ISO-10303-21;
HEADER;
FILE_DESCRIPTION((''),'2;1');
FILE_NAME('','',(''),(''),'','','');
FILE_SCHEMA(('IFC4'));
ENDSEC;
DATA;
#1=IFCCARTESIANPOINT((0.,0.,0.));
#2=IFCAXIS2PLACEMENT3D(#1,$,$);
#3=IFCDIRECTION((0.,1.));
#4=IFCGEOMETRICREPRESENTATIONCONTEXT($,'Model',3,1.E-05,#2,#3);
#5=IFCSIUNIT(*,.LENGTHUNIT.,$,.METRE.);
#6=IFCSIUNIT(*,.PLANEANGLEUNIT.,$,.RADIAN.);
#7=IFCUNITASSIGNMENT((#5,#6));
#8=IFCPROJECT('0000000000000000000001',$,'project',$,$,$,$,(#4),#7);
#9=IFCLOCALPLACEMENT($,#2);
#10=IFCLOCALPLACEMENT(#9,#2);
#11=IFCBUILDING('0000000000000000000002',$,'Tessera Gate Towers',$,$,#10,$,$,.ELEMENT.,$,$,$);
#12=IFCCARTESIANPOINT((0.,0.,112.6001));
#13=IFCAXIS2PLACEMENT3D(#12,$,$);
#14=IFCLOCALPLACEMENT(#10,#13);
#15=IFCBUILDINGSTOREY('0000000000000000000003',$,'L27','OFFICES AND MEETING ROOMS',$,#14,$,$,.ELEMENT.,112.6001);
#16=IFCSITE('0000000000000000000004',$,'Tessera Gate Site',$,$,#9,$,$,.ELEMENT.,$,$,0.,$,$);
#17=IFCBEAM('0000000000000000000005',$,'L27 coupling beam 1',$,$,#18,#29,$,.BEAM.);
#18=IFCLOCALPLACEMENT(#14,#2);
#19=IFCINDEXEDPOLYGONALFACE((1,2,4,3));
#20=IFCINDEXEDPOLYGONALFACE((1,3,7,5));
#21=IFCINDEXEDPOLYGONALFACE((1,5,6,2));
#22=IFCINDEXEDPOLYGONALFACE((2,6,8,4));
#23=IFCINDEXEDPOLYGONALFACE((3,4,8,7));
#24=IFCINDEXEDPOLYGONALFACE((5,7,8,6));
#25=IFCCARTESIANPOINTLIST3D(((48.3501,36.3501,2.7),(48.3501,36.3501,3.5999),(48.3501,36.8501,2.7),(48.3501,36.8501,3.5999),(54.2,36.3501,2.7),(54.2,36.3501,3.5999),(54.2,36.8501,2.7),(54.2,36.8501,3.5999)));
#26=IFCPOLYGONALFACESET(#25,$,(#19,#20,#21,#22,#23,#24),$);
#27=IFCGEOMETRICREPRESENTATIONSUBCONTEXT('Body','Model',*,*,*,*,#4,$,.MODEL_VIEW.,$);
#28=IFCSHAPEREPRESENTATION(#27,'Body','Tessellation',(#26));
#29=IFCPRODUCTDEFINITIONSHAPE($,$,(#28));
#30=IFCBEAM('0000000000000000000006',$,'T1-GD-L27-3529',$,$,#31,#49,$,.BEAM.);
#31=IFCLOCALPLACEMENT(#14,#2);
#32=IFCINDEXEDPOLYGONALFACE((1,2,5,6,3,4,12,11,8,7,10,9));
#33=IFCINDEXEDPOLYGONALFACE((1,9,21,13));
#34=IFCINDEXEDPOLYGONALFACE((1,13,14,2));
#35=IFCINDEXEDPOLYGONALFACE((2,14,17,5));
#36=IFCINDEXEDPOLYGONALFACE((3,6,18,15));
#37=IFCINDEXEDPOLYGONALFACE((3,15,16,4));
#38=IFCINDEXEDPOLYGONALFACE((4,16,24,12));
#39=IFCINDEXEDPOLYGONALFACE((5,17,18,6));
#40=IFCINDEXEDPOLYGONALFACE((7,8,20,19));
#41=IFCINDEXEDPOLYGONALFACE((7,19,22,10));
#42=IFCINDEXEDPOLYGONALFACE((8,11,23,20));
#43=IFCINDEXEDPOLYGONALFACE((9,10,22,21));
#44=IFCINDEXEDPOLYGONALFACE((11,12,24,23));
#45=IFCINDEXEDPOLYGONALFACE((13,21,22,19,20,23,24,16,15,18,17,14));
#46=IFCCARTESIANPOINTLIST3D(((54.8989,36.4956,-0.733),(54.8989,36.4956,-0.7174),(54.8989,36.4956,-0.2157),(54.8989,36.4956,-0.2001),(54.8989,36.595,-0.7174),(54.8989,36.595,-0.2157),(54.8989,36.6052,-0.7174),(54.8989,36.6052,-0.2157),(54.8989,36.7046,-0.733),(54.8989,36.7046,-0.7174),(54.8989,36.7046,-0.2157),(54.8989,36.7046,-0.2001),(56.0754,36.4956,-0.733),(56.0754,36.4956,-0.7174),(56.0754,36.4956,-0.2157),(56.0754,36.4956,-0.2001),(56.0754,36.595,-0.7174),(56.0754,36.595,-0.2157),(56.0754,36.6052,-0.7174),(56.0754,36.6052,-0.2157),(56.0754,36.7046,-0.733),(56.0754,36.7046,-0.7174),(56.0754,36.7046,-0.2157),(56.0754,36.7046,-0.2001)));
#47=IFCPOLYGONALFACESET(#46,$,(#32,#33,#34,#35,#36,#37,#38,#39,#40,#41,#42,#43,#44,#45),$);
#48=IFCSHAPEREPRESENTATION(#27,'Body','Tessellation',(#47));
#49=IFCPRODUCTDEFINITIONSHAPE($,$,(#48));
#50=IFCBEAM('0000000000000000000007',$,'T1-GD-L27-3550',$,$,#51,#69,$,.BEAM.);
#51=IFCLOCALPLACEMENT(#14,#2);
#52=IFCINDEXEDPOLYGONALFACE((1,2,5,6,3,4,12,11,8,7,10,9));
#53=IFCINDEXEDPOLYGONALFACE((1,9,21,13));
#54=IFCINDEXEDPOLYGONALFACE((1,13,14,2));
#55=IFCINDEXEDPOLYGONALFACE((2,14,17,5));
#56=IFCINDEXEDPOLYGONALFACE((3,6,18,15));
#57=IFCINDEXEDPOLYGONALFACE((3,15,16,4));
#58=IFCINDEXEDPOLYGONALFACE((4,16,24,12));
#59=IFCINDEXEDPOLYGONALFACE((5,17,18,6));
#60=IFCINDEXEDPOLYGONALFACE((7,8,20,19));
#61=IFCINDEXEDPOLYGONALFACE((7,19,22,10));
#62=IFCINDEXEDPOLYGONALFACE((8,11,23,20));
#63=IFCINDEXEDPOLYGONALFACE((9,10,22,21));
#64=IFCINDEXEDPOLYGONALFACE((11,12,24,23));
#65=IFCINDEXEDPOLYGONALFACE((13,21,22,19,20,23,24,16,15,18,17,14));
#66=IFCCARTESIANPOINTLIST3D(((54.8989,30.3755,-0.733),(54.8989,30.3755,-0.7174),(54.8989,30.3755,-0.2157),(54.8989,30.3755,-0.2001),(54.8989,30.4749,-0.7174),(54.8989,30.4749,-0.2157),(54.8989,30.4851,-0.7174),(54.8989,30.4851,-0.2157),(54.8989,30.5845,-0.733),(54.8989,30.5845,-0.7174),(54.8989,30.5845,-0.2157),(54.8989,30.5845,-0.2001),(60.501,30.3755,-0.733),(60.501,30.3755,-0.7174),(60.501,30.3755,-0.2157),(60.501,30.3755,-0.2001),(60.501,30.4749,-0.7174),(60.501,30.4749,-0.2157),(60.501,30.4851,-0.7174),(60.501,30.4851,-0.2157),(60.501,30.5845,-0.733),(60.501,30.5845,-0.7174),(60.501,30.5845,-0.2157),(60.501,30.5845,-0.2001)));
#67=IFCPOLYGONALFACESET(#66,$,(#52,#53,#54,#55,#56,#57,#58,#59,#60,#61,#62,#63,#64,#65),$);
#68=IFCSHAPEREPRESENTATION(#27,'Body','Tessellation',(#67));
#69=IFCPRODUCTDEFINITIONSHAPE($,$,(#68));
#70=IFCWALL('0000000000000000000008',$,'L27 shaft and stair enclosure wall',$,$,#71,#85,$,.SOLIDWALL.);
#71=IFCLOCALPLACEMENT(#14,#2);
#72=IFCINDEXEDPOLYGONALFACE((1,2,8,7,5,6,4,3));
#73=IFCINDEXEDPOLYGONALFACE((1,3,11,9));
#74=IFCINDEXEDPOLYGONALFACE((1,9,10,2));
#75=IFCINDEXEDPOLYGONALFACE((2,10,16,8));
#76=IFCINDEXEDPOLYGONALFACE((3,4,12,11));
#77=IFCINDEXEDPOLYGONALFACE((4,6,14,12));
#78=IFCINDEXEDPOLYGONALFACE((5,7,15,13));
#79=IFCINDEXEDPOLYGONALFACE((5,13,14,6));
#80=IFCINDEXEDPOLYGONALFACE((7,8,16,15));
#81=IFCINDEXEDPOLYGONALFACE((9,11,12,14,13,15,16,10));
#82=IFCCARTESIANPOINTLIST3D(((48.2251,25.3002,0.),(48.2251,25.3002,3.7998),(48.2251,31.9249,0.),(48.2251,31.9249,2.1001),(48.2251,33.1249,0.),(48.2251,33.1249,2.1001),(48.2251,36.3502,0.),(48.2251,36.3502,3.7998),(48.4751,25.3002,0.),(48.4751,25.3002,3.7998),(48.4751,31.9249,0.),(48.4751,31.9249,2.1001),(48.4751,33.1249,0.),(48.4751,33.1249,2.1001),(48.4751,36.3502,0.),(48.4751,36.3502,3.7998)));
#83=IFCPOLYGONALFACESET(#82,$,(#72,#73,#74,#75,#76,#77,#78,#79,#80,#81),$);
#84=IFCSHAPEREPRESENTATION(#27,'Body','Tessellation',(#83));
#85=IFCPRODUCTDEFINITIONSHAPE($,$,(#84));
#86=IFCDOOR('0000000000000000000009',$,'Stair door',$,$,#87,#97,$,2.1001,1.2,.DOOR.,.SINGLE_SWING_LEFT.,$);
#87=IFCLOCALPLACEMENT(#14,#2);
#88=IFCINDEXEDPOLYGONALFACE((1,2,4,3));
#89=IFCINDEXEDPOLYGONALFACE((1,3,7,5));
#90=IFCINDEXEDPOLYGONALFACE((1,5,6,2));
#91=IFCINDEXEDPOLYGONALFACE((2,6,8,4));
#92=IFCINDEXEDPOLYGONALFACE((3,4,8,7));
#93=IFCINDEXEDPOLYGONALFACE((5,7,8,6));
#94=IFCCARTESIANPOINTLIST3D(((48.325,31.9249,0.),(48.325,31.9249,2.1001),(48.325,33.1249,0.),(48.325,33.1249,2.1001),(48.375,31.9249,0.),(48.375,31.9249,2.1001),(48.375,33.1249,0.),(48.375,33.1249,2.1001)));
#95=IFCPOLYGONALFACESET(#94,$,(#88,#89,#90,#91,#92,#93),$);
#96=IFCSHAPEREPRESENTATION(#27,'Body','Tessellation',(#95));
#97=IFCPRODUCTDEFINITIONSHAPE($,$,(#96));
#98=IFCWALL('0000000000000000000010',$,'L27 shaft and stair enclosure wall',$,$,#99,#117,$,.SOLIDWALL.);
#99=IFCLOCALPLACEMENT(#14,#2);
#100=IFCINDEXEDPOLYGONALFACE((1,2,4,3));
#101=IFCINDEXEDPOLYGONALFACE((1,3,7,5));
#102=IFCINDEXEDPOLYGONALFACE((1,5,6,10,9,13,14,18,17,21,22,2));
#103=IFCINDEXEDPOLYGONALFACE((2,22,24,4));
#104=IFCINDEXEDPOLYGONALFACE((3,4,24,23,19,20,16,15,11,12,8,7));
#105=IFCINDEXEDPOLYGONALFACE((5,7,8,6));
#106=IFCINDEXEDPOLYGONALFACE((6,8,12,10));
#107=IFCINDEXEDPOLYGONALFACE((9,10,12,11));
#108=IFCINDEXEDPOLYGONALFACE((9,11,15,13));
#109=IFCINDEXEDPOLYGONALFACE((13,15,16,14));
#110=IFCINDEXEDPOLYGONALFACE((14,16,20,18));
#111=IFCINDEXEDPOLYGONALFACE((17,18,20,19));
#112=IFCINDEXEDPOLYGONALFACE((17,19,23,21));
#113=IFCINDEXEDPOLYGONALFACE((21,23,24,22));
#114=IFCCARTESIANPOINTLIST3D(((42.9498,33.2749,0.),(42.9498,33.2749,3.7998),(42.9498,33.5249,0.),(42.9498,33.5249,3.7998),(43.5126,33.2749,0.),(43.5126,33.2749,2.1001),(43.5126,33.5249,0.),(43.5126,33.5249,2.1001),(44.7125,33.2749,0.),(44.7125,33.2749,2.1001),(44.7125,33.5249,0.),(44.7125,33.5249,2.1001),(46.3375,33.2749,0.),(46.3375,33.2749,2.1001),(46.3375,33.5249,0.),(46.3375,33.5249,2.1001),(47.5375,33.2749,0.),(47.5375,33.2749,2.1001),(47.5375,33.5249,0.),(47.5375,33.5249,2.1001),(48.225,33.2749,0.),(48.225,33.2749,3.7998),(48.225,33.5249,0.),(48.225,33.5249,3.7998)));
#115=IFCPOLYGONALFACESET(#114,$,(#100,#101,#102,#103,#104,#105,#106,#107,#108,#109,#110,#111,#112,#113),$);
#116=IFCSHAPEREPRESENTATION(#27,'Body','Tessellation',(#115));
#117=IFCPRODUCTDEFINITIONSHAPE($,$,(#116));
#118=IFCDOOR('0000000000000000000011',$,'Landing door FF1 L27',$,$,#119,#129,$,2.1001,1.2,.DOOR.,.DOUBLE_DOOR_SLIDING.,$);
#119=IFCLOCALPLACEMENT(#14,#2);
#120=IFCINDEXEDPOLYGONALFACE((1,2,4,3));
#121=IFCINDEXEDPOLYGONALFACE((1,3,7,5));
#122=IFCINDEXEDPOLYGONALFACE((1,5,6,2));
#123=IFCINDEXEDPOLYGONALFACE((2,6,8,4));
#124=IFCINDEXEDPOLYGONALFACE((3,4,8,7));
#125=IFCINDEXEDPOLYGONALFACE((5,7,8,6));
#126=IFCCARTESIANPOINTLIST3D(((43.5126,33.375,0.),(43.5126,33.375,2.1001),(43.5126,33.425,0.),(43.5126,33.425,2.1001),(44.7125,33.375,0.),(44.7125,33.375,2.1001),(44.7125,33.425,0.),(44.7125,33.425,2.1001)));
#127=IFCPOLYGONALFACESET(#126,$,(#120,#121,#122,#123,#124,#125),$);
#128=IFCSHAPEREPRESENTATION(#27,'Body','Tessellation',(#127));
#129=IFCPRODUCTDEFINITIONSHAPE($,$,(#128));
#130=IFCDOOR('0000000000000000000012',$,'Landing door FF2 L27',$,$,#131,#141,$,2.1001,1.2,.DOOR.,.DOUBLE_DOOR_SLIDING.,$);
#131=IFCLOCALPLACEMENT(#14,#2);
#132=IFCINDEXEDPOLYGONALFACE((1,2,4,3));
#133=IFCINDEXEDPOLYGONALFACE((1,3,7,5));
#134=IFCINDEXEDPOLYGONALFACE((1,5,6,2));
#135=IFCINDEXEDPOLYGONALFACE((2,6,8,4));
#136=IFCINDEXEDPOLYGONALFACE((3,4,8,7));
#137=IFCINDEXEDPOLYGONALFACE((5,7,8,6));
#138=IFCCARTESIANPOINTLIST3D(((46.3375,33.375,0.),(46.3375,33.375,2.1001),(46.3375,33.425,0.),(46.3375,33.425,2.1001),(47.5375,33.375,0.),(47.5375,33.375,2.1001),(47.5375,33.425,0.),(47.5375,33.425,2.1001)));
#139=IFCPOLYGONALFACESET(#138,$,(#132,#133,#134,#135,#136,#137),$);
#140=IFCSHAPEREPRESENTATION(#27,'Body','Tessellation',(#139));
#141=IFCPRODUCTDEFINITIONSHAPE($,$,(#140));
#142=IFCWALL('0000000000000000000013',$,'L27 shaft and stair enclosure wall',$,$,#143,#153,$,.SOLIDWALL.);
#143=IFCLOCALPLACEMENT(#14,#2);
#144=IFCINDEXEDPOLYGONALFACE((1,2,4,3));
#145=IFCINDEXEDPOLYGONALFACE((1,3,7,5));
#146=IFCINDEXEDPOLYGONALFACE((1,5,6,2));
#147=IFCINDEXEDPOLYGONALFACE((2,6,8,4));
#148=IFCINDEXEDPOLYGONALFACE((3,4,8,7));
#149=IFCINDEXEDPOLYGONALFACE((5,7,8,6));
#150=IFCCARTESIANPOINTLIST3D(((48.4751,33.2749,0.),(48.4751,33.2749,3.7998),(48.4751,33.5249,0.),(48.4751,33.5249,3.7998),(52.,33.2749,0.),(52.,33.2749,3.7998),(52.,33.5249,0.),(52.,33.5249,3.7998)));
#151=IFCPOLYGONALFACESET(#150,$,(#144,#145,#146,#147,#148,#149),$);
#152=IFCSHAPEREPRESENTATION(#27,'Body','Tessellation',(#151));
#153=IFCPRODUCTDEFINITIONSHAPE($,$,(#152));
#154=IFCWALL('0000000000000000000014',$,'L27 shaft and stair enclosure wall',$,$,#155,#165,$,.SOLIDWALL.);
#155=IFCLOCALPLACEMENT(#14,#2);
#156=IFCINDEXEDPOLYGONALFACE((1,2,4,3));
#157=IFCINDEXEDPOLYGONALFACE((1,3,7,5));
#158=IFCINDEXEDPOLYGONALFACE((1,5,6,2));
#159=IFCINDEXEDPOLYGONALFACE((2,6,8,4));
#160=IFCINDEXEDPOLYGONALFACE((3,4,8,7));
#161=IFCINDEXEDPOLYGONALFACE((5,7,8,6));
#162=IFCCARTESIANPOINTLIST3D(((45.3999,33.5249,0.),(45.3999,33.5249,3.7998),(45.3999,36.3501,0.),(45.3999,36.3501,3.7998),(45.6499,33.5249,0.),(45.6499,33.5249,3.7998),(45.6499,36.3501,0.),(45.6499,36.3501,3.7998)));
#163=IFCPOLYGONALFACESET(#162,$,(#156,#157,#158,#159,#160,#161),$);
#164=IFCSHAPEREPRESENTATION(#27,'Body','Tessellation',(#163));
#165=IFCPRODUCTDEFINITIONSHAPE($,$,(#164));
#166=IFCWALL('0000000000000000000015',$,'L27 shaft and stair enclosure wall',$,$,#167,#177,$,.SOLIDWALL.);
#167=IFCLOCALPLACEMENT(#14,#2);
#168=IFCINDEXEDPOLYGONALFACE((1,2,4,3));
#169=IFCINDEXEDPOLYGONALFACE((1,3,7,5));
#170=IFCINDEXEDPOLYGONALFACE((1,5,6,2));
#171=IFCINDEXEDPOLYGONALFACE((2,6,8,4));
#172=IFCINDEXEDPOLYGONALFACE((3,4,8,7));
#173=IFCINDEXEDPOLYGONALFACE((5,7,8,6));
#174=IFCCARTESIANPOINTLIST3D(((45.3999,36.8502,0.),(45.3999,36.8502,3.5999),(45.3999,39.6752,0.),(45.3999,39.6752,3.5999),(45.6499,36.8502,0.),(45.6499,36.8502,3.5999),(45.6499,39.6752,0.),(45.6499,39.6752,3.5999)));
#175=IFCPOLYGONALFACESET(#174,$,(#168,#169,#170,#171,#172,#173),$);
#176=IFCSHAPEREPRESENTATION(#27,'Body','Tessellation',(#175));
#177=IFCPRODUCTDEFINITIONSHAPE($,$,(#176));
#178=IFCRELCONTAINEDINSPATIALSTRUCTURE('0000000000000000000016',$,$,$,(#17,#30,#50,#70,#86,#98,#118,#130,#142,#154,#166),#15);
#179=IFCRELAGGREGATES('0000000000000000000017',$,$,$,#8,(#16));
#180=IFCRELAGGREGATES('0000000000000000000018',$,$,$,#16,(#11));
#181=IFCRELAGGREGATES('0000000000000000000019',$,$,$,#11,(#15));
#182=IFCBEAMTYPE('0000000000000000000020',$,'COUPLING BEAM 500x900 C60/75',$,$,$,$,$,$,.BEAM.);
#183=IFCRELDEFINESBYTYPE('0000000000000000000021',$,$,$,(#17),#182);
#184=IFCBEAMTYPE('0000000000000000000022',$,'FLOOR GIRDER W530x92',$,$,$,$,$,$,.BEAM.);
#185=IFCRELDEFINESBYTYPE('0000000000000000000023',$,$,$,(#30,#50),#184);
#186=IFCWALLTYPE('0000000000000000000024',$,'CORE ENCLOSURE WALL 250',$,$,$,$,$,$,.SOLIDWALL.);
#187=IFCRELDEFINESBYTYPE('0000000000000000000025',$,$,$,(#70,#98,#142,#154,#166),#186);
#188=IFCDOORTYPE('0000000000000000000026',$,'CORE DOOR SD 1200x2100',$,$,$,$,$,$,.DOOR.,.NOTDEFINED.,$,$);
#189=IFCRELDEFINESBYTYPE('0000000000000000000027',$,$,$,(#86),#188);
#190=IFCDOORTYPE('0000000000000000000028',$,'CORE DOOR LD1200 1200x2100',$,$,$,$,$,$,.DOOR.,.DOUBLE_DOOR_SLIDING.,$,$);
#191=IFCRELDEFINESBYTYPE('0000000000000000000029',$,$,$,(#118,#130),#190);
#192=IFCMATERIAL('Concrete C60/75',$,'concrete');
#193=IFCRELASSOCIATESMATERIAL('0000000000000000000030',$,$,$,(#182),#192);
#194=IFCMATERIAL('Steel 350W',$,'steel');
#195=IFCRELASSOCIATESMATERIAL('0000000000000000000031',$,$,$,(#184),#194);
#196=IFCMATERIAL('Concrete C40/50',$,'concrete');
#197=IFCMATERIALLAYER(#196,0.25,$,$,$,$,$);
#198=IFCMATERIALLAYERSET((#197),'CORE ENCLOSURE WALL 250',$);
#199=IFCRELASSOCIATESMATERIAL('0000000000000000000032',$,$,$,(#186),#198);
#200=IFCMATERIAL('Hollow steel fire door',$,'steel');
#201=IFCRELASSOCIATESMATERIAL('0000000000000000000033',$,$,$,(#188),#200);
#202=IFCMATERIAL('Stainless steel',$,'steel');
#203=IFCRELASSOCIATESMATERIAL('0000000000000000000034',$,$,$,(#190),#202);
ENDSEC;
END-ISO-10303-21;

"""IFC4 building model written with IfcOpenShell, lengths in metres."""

from ifc_helpers import new_model, si_unit, direction, frame, frame_2d, origin, origin_2d, place, context, subcontext, project, spatial, rectangle, i_section, extrude, source, transform, mapped, material, layer, layer_set, material_profile, profile_set, type_object, element, fill, save


model = new_model("IFC4")

# Units and contexts
model_context = context("Model", 3, precision=1e-05, world=origin(), true_north=direction((0.0, 1.0)))
body_context = subcontext(model_context, "Body", "Model", "MODEL_VIEW")
ifc_project = project(units=[si_unit("LENGTHUNIT", "METRE"), si_unit("PLANEANGLEUNIT", "RADIAN")], contexts=[model_context])

# Site, building, storey
site_placement = place(None, origin())
site = spatial("IfcSite", under=ifc_project, at=site_placement, Name="Tessera Gate Site", CompositionType="ELEMENT", RefElevation=0.0)
building_placement = place(site_placement, origin())
building = spatial("IfcBuilding", under=site, at=building_placement, Name="Tessera Gate Towers", CompositionType="ELEMENT")
storey_placement = place(building_placement, frame((0.0, 0.0, 112.6001)))
storey = spatial("IfcBuildingStorey", under=building, at=storey_placement, Name="L27", Description="OFFICES AND MEETING ROOMS", CompositionType="ELEMENT", Elevation=112.6001)

# Beams
ifc_material_1 = material(Name="Concrete C60/75", Category="concrete")
ifc_material_profile_1 = material_profile(ifc_material_1, rectangle(XDim=0.5, YDim=0.8999, at=origin_2d()), Name="RC 500x900")
ifc_profile_set_1 = profile_set([ifc_material_profile_1], Name="Concrete C60/75")
beam_type_1 = type_object("IfcBeamType", Name="COUPLING BEAM 500x900 C60/75", PredefinedType="BEAM", material=ifc_profile_set_1)
beam_1_placement = place(storey_placement, frame((48.3501, 36.6001, 3.1499), z_axis=(1.0, 0.0, 0.0), x_axis=(0.0, 1.0, 0.0)))
element("IfcBeam", 1, at=beam_1_placement, inside=storey, type_object=beam_type_1, Name="L27 coupling beam 1", PredefinedType="BEAM", context=body_context, shape_type="SweptSolid", body=[
    extrude(rectangle(XDim=0.5, YDim=0.8999, at=origin_2d()), origin(), (0.0, 0.0, 1.0), 5.8499),
])
ifc_material_2 = material(Name="Steel 350W", Category="steel")
ifc_material_profile_2 = material_profile(ifc_material_2, i_section(OverallWidth=0.209, OverallDepth=0.533, WebThickness=0.0103, FlangeThickness=0.0156, at=origin_2d()), Name="W530x92")
ifc_profile_set_2 = profile_set([ifc_material_profile_2], Name="Steel 350W")
beam_type_2 = type_object("IfcBeamType", Name="FLOOR GIRDER W530x92", PredefinedType="BEAM", material=ifc_profile_set_2)
beam_2_placement = place(storey_placement, frame((54.8989, 36.6001, -0.4666), z_axis=(1.0, 0.0, 0.0), x_axis=(0.0, 1.0, 0.0)))
element("IfcBeam", 2, at=beam_2_placement, inside=storey, type_object=beam_type_2, Name="T1-GD-L27-3529", PredefinedType="BEAM", context=body_context, shape_type="SweptSolid", body=[
    extrude(i_section(OverallWidth=0.209, OverallDepth=0.533, WebThickness=0.0103, FlangeThickness=0.0156, at=origin_2d()), origin(), (0.0, 0.0, 1.0), 1.1765),
])
beam_3_placement = place(storey_placement, frame((54.8989, 30.48, -0.4666), z_axis=(1.0, 0.0, 0.0), x_axis=(0.0, 1.0, 0.0)))
element("IfcBeam", 3, at=beam_3_placement, inside=storey, type_object=beam_type_2, Name="T1-GD-L27-3550", PredefinedType="BEAM", context=body_context, shape_type="SweptSolid", body=[
    extrude(i_section(OverallWidth=0.209, OverallDepth=0.533, WebThickness=0.0103, FlangeThickness=0.0156, at=origin_2d()), origin(), (0.0, 0.0, 1.0), 5.6021),
])

# Wall, opening, door
ifc_material_3 = material(Name="Concrete C40/50", Category="concrete")
ifc_layer_1 = layer(ifc_material_3, 0.25)
ifc_layer_set_1 = layer_set([ifc_layer_1], Name="CORE ENCLOSURE WALL 250")
wall_type_1 = type_object("IfcWallType", Name="CORE ENCLOSURE WALL 250", PredefinedType="SOLIDWALL", material=ifc_layer_set_1)
wall_1_placement = place(storey_placement, frame((48.3501, 36.3501, 0.0), z_axis=(0.0, 0.0, 1.0), x_axis=(0.0, -1.0, 0.0)))
wall_1 = element("IfcWall", 4, at=wall_1_placement, inside=storey, type_object=wall_type_1, Name="L27 shaft and stair enclosure wall", PredefinedType="SOLIDWALL", context=body_context, shape_type="SweptSolid", body=[
    extrude(rectangle(XDim=11.05, YDim=0.25, at=frame_2d((5.5249, 0.0))), origin(), (0.0, 0.0, 1.0), 3.7998),
])
shared_shape_1 = source(origin(), body_context, "Body", "SweptSolid", [
    extrude(rectangle(XDim=1.2, YDim=2.1001, at=frame_2d((0.6001, 1.05))), frame((0.0, 0.135, 0.0), z_axis=(0.0, -1.0, 0.0), x_axis=(1.0, 0.0, 0.0)), (0.0, 0.0, 1.0), 0.27),
])
opening_1_placement = place(wall_1_placement, frame((3.2251, 0.0, 0.0)))
opening_1 = element("IfcOpeningElement", 5, at=opening_1_placement, cuts=wall_1, PredefinedType="OPENING", context=body_context, shape_type="MappedRepresentation", body=[
    mapped(shared_shape_1, transform((0.0, 0.0, 0.0), scale=1.0)),
])
ifc_material_4 = material(Name="Hollow steel fire door", Category="steel")
door_type_1 = type_object("IfcDoorType", Name="CORE DOOR SD 1200x2100", OperationType="NOTDEFINED", PredefinedType="DOOR", material=ifc_material_4)
shared_shape_2 = source(origin(), body_context, "Body", "SweptSolid", [
    extrude(rectangle(XDim=1.2, YDim=2.1001, at=frame_2d((0.6001, 1.05))), frame((0.0, 0.0249, 0.0), z_axis=(0.0, -1.0, 0.0), x_axis=(1.0, 0.0, 0.0)), (0.0, 0.0, 1.0), 0.05),
])
door_1_placement = place(opening_1_placement, origin())
door_1 = element("IfcDoor", 6, at=door_1_placement, inside=storey, type_object=door_type_1, Name="Stair door", OperationType="SINGLE_SWING_LEFT", OverallHeight=2.1001, OverallWidth=1.2, PredefinedType="DOOR", context=body_context, shape_type="MappedRepresentation", body=[
    mapped(shared_shape_2, transform((0.0, 0.0, 0.0), scale=1.0)),
])
fill(opening_1, door_1)

# Wall, openings, doors
wall_2_placement = place(storey_placement, frame((48.2251, 33.3999, 0.0), z_axis=(0.0, 0.0, 1.0), x_axis=(-1.0, 0.0, 0.0)))
wall_2 = element("IfcWall", 7, at=wall_2_placement, inside=storey, type_object=wall_type_1, Name="L27 shaft and stair enclosure wall", PredefinedType="SOLIDWALL", context=body_context, shape_type="SweptSolid", body=[
    extrude(rectangle(XDim=5.2751, YDim=0.25, at=frame_2d((2.6377, 0.0))), origin(), (0.0, 0.0, 1.0), 3.7998),
])
opening_2_placement = place(wall_2_placement, frame((3.5125, 0.0, 0.0)))
opening_2 = element("IfcOpeningElement", 8, at=opening_2_placement, cuts=wall_2, PredefinedType="OPENING", context=body_context, shape_type="MappedRepresentation", body=[
    mapped(shared_shape_1, transform((0.0, 0.0, 0.0), scale=1.0)),
])
opening_3_placement = place(wall_2_placement, frame((0.6875, 0.0, 0.0)))
opening_3 = element("IfcOpeningElement", 9, at=opening_3_placement, cuts=wall_2, PredefinedType="OPENING", context=body_context, shape_type="MappedRepresentation", body=[
    mapped(shared_shape_1, transform((0.0, 0.0, 0.0), scale=1.0)),
])
ifc_material_5 = material(Name="Stainless steel", Category="steel")
door_type_2 = type_object("IfcDoorType", Name="CORE DOOR LD1200 1200x2100", OperationType="DOUBLE_DOOR_SLIDING", PredefinedType="DOOR", material=ifc_material_5)
door_2_placement = place(opening_2_placement, origin())
door_2 = element("IfcDoor", 10, at=door_2_placement, inside=storey, type_object=door_type_2, Name="Landing door FF1 L27", OperationType="DOUBLE_DOOR_SLIDING", OverallHeight=2.1001, OverallWidth=1.2, PredefinedType="DOOR", context=body_context, shape_type="MappedRepresentation", body=[
    mapped(shared_shape_2, transform((0.0, 0.0, 0.0), scale=1.0)),
])
fill(opening_2, door_2)
door_3_placement = place(opening_3_placement, origin())
door_3 = element("IfcDoor", 11, at=door_3_placement, inside=storey, type_object=door_type_2, Name="Landing door FF2 L27", OperationType="DOUBLE_DOOR_SLIDING", OverallHeight=2.1001, OverallWidth=1.2, PredefinedType="DOOR", context=body_context, shape_type="MappedRepresentation", body=[
    mapped(shared_shape_2, transform((0.0, 0.0, 0.0), scale=1.0)),
])
fill(opening_3, door_3)

# Walls
wall_3_placement = place(storey_placement, frame((48.4751, 33.3999, 0.0), z_axis=(0.0, 0.0, 1.0), x_axis=(1.0, 0.0, 0.0)))
element("IfcWall", 12, at=wall_3_placement, inside=storey, type_object=wall_type_1, Name="L27 shaft and stair enclosure wall", PredefinedType="SOLIDWALL", context=body_context, shape_type="SweptSolid", body=[
    extrude(rectangle(XDim=3.5249, YDim=0.25, at=frame_2d((1.7625, 0.0))), origin(), (0.0, 0.0, 1.0), 3.7998),
])
wall_4_placement = place(storey_placement, frame((45.5249, 33.5249, 0.0), z_axis=(0.0, 0.0, 1.0), x_axis=(0.0, 1.0, 0.0)))
element("IfcWall", 13, at=wall_4_placement, inside=storey, type_object=wall_type_1, Name="L27 shaft and stair enclosure wall", PredefinedType="SOLIDWALL", context=body_context, shape_type="SweptSolid", body=[
    extrude(rectangle(XDim=2.8252, YDim=0.25, at=frame_2d((1.4126, 0.0))), origin(), (0.0, 0.0, 1.0), 3.7998),
])
wall_5_placement = place(storey_placement, frame((45.5249, 36.8501, 0.0), z_axis=(0.0, 0.0, 1.0), x_axis=(0.0, 1.0, 0.0)))
element("IfcWall", 14, at=wall_5_placement, inside=storey, type_object=wall_type_1, Name="L27 shaft and stair enclosure wall", PredefinedType="SOLIDWALL", context=body_context, shape_type="SweptSolid", body=[
    extrude(rectangle(XDim=2.825, YDim=0.25, at=frame_2d((1.4126, 0.0))), origin(), (0.0, 0.0, 1.0), 3.5999),
])

save(model, "model.ifc")
